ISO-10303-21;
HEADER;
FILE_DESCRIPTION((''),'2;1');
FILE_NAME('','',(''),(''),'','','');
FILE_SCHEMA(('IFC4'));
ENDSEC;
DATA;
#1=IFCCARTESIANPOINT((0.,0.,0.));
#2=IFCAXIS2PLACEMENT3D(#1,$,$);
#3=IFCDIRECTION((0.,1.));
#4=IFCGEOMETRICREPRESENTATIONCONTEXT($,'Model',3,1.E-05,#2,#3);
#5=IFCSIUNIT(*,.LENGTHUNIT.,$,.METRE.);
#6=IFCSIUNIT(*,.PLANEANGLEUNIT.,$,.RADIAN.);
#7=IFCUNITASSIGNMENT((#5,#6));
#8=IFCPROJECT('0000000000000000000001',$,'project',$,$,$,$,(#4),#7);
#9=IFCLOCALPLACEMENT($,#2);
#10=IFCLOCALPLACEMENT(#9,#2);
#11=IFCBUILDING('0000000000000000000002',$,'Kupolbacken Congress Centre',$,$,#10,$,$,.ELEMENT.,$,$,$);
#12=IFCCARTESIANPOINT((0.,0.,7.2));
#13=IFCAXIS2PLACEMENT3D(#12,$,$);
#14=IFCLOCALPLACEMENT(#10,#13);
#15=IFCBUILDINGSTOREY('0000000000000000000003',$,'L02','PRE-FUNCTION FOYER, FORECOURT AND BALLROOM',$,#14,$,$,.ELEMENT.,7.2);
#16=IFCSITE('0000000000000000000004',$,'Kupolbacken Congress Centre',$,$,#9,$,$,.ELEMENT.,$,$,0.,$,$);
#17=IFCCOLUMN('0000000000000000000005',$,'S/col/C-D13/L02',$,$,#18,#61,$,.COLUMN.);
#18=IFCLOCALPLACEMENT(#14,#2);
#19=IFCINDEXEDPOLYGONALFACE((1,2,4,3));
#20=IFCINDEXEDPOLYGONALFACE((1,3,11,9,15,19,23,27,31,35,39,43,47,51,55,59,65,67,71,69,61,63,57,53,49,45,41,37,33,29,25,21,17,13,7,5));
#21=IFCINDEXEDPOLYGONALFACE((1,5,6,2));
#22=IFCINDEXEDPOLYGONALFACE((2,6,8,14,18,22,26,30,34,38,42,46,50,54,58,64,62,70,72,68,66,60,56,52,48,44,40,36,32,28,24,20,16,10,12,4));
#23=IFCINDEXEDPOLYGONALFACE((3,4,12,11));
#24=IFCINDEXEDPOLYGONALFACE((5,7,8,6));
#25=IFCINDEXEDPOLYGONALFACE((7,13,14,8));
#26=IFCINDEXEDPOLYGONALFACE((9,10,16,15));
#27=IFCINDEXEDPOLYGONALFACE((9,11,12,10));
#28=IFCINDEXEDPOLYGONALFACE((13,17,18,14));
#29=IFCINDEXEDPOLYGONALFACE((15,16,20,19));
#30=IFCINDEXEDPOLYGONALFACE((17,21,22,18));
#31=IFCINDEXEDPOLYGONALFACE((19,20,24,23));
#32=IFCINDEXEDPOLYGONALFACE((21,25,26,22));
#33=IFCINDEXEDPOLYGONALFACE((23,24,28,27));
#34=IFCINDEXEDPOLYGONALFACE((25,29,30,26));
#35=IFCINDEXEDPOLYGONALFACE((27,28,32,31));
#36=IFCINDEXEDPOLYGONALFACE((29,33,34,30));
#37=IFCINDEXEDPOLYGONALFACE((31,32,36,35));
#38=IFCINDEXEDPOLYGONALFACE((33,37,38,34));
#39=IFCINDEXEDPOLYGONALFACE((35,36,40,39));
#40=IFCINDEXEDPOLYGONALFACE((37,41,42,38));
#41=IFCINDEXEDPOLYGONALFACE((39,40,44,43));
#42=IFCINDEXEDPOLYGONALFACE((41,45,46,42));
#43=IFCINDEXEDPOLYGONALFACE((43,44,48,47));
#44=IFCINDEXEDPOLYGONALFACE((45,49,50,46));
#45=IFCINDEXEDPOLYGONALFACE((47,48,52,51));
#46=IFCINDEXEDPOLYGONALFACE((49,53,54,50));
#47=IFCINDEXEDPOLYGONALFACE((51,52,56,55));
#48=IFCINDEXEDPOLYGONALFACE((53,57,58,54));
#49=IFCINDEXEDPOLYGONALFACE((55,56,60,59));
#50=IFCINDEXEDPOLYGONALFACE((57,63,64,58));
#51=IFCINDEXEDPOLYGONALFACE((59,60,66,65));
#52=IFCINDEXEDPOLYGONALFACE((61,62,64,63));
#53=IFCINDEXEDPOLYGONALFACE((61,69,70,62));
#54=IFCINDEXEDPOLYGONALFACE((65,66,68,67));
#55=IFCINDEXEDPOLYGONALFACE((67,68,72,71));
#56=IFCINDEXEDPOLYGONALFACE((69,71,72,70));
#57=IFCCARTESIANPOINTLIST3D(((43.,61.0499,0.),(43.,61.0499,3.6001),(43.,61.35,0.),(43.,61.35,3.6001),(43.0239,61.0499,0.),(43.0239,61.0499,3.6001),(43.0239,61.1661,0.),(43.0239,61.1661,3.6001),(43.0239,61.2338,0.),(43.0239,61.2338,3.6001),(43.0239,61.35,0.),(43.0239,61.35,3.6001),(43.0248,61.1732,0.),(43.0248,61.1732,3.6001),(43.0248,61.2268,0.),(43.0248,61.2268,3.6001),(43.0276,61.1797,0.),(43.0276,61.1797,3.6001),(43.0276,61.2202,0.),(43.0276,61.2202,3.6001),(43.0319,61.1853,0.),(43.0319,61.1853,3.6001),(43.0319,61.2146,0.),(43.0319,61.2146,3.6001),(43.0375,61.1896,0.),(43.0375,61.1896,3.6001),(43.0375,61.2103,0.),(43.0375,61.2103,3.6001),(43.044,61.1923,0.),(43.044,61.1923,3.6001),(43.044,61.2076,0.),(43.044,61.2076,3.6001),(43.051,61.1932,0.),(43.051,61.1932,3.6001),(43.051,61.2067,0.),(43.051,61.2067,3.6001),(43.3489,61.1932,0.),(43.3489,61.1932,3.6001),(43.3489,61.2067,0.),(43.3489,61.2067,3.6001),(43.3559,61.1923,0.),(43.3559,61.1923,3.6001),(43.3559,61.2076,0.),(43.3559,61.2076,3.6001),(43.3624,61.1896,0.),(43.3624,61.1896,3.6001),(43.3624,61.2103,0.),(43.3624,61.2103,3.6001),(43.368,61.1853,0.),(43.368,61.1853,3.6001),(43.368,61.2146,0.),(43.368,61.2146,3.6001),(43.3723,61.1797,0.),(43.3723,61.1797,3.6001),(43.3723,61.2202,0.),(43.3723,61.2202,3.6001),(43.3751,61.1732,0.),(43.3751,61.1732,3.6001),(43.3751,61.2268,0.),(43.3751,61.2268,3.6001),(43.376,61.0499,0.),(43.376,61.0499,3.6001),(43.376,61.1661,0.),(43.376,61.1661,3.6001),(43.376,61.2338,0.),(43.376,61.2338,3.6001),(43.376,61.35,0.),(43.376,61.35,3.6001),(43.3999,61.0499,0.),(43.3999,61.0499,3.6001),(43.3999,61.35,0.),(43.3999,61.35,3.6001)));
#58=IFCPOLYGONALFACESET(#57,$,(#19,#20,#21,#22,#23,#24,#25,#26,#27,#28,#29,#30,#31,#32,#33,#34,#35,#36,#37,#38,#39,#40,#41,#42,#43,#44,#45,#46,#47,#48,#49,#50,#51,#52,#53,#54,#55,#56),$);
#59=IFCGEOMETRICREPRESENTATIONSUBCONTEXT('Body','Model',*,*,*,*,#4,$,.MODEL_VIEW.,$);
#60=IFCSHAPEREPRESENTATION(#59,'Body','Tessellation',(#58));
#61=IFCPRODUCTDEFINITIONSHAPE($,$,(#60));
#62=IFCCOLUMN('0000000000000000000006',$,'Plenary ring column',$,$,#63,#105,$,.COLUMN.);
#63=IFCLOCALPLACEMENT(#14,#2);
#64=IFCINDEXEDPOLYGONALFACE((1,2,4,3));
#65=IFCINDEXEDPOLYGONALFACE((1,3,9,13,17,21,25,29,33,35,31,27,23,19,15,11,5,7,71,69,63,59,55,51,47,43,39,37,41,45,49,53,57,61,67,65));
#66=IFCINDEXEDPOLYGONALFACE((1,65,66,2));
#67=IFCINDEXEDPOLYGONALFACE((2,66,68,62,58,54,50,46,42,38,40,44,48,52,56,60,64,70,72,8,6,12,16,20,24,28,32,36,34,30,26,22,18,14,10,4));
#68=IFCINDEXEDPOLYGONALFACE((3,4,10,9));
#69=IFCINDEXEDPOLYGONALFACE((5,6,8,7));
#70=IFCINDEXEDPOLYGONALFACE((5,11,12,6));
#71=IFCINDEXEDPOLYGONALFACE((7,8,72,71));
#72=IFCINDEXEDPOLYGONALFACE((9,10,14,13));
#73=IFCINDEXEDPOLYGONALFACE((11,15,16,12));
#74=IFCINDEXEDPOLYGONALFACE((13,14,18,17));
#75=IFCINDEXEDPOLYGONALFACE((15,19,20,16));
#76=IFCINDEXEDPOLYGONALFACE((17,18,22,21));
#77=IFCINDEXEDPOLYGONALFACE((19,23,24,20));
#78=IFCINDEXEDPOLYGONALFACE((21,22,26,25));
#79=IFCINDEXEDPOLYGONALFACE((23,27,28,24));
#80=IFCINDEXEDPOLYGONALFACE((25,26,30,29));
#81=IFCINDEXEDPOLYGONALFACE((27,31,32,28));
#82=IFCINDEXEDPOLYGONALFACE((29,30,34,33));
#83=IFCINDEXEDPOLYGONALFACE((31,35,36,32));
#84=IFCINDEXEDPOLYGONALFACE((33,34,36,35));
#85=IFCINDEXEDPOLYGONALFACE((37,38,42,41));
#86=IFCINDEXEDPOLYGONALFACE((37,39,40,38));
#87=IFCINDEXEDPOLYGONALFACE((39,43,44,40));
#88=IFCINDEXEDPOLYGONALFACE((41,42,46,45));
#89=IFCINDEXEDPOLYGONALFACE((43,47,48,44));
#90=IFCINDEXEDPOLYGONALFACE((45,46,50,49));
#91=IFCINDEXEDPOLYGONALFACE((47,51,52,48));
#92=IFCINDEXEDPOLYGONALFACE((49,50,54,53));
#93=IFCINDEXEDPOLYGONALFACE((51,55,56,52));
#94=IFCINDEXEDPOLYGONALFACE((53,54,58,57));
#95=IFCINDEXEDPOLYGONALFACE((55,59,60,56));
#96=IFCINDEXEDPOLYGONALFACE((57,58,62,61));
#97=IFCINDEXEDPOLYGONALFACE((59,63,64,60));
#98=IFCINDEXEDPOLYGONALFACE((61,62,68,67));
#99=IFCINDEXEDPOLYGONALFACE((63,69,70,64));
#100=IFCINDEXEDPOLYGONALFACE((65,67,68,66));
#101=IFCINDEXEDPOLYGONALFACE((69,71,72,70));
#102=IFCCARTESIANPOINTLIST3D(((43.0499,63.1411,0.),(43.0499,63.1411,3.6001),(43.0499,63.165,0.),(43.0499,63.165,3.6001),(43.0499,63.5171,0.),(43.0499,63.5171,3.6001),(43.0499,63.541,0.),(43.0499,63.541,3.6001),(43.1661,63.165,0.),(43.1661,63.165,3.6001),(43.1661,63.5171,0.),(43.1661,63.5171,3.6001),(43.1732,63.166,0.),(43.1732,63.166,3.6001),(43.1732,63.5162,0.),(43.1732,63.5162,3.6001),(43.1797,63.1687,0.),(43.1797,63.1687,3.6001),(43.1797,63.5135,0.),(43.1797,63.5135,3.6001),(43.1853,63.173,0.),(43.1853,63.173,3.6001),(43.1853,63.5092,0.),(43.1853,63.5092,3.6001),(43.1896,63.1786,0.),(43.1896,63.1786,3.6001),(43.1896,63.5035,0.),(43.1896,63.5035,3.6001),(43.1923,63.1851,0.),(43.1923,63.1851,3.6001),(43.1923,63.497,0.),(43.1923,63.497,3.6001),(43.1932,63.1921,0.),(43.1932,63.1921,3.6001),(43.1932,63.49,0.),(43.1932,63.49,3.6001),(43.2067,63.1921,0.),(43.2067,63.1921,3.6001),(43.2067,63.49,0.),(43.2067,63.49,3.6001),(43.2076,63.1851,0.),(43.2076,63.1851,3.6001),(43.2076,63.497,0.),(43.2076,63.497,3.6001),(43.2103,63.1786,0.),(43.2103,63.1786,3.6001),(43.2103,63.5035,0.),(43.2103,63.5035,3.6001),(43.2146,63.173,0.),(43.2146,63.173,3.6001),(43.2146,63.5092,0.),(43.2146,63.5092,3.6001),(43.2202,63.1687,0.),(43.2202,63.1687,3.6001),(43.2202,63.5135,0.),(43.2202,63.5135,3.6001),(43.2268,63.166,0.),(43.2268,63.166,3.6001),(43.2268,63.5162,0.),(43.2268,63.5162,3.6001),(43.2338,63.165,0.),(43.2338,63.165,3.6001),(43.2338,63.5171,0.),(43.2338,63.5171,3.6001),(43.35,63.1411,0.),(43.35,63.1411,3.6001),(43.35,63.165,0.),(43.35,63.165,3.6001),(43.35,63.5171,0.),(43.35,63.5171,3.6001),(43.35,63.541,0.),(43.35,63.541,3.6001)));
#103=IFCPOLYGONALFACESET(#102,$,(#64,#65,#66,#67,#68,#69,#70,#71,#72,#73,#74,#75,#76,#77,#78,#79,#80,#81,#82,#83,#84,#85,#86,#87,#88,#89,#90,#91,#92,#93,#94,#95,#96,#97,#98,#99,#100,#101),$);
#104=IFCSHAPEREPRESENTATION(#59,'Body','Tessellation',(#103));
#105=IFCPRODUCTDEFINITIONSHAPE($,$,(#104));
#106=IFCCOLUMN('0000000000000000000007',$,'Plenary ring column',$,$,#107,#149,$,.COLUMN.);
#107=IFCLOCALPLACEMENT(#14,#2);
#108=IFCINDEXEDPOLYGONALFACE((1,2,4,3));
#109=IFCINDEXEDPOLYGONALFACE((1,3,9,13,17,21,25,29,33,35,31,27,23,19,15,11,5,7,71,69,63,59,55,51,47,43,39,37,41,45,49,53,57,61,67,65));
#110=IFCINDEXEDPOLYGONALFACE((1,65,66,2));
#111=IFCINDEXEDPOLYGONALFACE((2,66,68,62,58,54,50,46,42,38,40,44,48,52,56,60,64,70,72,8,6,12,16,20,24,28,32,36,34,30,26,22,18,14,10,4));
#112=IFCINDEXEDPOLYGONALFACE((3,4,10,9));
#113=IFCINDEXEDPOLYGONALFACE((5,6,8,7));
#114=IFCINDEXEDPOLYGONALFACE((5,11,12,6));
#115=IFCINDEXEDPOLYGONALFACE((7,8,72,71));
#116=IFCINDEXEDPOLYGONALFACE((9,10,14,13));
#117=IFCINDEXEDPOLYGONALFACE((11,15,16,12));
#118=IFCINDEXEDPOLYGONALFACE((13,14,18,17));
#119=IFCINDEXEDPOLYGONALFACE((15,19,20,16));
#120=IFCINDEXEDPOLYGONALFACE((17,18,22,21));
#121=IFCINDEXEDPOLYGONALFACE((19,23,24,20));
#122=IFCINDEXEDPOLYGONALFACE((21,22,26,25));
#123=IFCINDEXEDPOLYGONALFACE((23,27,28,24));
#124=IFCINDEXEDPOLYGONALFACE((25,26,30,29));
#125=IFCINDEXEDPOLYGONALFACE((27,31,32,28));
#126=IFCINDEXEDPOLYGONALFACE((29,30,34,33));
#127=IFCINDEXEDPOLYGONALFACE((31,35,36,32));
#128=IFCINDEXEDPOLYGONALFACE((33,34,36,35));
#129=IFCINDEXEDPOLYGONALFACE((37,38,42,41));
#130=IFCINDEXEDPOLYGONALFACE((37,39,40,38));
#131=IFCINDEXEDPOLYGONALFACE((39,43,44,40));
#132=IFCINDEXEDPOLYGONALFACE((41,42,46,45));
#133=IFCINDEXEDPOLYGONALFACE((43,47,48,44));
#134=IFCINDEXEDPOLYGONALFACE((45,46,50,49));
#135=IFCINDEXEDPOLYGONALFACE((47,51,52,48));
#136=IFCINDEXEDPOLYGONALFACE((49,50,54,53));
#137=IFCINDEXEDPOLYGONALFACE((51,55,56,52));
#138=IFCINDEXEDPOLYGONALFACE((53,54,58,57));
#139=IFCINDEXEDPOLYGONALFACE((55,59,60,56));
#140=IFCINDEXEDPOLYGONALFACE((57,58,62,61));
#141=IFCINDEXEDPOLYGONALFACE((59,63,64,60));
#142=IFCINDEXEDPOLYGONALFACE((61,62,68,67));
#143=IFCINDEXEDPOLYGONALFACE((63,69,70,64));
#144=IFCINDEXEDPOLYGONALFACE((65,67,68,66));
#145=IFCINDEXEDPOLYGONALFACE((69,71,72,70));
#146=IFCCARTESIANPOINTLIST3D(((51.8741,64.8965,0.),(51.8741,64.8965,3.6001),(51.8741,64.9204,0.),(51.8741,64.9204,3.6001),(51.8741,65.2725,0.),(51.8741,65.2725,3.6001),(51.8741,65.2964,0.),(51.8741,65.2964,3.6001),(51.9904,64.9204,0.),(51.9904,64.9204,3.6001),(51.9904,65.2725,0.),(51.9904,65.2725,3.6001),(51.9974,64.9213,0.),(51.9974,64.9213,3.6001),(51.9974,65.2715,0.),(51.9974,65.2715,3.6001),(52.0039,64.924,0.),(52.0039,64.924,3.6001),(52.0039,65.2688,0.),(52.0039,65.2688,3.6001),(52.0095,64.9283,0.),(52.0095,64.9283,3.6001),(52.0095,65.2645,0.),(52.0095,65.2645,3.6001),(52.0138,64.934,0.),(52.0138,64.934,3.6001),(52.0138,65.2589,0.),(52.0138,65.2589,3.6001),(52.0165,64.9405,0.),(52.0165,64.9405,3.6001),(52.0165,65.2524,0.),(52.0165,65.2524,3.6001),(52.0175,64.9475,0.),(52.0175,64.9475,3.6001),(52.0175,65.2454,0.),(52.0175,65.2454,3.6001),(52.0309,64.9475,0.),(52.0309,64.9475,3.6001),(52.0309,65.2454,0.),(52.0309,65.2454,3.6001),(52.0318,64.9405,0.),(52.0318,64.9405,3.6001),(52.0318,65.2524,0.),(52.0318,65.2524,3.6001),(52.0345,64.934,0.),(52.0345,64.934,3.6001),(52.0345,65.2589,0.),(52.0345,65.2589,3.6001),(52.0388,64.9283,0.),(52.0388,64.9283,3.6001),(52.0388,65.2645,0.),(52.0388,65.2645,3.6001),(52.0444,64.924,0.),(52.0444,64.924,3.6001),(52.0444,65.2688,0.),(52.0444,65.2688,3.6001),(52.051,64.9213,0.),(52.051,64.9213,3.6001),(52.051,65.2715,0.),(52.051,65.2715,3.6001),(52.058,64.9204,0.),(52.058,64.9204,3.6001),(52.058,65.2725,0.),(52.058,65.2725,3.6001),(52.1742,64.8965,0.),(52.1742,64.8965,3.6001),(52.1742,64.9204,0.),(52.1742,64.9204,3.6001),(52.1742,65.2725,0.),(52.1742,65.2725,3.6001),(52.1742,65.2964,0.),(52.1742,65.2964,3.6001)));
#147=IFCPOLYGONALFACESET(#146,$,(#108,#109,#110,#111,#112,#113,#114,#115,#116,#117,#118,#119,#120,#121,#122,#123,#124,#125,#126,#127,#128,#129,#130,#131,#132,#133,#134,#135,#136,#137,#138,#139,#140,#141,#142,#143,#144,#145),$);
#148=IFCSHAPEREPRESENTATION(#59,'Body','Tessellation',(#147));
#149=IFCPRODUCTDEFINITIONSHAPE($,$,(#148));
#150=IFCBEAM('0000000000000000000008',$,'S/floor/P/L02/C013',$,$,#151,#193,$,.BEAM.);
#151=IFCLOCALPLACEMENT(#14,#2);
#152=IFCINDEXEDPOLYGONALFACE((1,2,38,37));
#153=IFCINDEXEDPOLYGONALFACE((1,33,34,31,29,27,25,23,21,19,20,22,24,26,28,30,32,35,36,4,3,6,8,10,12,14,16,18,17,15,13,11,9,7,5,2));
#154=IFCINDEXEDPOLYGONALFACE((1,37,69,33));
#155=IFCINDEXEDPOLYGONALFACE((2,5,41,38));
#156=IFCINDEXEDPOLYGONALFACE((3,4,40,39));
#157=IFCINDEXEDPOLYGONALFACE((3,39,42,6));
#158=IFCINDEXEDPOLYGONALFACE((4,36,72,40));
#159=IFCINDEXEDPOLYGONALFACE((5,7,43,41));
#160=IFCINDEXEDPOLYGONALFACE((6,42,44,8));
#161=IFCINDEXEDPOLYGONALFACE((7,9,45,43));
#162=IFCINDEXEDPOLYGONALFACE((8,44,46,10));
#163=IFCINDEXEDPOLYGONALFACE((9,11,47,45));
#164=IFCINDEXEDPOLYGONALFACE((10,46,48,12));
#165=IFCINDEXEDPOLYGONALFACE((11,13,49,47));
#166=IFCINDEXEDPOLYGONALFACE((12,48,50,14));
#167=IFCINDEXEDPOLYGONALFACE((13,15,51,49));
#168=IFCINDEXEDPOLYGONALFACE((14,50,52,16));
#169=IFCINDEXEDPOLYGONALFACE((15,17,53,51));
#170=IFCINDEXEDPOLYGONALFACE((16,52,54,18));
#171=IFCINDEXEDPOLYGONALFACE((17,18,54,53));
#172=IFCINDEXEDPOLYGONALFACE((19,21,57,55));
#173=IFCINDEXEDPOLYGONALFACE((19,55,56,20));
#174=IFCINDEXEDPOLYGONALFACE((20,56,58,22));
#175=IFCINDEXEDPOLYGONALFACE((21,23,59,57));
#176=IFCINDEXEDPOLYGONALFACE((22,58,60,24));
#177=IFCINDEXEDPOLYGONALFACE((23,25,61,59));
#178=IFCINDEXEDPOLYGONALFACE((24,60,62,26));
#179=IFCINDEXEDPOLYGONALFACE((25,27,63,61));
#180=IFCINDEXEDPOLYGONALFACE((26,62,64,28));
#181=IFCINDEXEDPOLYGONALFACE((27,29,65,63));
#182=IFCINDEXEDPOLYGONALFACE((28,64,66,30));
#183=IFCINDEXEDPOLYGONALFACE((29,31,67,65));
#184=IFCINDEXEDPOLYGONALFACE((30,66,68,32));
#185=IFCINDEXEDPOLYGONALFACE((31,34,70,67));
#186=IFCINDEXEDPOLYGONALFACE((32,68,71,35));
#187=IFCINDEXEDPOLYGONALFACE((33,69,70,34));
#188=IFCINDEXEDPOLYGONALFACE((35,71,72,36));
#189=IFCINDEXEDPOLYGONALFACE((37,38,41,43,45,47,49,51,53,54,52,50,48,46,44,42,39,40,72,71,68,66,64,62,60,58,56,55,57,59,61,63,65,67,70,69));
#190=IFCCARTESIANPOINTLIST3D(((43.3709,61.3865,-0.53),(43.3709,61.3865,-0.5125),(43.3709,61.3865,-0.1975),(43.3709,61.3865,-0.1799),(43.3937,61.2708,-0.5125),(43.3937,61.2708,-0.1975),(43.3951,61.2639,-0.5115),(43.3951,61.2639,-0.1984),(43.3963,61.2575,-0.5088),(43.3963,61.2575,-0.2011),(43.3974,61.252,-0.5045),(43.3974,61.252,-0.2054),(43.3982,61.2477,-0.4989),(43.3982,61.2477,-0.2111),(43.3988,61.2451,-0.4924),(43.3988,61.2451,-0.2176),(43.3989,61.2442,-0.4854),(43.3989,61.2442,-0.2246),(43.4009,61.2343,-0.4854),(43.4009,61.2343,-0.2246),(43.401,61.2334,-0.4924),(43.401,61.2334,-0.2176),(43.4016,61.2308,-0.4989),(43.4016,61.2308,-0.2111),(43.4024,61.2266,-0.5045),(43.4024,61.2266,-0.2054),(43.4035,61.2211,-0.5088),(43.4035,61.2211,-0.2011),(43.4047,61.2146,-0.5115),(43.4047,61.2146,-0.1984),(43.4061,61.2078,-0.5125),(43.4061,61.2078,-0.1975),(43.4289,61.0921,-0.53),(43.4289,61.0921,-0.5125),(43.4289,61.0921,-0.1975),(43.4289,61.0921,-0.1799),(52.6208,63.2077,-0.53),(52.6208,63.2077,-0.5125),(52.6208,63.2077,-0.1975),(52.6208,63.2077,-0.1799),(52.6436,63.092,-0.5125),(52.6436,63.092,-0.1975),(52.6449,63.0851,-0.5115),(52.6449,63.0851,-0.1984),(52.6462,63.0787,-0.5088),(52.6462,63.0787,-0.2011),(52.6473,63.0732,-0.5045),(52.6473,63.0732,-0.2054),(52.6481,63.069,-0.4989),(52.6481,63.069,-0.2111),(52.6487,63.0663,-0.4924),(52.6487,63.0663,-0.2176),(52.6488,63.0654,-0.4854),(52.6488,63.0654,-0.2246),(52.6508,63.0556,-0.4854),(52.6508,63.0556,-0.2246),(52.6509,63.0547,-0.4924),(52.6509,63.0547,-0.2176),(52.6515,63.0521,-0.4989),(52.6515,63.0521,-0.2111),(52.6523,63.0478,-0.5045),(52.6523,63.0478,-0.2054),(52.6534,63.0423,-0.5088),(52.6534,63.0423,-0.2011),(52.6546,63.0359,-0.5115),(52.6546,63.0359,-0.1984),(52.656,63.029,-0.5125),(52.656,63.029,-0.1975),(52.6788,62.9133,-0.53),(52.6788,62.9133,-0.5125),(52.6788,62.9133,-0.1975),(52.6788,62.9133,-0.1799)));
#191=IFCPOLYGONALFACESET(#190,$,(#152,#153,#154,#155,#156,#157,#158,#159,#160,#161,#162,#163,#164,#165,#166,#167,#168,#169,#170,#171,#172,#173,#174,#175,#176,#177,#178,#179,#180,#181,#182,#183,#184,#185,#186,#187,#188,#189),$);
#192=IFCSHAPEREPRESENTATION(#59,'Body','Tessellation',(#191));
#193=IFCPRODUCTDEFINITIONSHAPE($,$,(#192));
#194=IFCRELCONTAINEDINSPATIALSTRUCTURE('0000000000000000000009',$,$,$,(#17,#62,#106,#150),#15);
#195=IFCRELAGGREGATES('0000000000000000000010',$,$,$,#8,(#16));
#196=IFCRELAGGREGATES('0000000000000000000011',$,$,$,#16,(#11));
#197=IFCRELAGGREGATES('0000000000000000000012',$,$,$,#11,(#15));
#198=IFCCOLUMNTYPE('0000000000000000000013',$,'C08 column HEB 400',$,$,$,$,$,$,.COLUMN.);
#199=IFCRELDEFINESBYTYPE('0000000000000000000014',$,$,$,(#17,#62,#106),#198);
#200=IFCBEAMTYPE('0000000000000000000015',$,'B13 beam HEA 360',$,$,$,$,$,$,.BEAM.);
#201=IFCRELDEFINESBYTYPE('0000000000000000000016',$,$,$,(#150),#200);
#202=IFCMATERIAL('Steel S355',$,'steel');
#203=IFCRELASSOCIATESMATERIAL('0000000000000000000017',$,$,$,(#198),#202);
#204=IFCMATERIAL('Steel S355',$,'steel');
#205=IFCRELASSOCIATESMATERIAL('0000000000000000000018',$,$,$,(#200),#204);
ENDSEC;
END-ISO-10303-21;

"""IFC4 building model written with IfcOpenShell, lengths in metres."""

from ifc_helpers import new_model, si_unit, direction, frame, origin, origin_2d, place, context, subcontext, project, spatial, i_section, extrude, material, material_profile, profile_set, type_object, element, save


model = new_model("IFC4")

# Units and contexts
model_context = context("Model", 3, precision=1e-05, world=origin(), true_north=direction((0.0, 1.0)))
body_context = subcontext(model_context, "Body", "Model", "MODEL_VIEW")
ifc_project = project(units=[si_unit("LENGTHUNIT", "METRE"), si_unit("PLANEANGLEUNIT", "RADIAN")], contexts=[model_context])

# Site, building, storey
site_placement = place(None, origin())
site = spatial("IfcSite", under=ifc_project, at=site_placement, Name="Kupolbacken Congress Centre", CompositionType="ELEMENT", RefElevation=0.0)
building_placement = place(site_placement, origin())
building = spatial("IfcBuilding", under=site, at=building_placement, Name="Kupolbacken Congress Centre", CompositionType="ELEMENT")
storey_placement = place(building_placement, frame((0.0, 0.0, 7.2)))
storey = spatial("IfcBuildingStorey", under=building, at=storey_placement, Name="L02", Description="PRE-FUNCTION FOYER, FORECOURT AND BALLROOM", CompositionType="ELEMENT", Elevation=7.2)

# Columns
ifc_material_1 = material(Name="Steel S355", Category="steel")
ifc_material_profile_1 = material_profile(ifc_material_1, i_section(OverallWidth=0.3, OverallDepth=0.3999, WebThickness=0.0134, FlangeThickness=0.0239, FilletRadius=0.0271, at=origin_2d()), Name="HEB 400")
ifc_profile_set_1 = profile_set([ifc_material_profile_1], Name="Steel S355")
column_type = type_object("IfcColumnType", Name="C08 column HEB 400", PredefinedType="COLUMN", material=ifc_profile_set_1)
for number, where, z_axis, x_axis, name in (
    (1, (43.2, 61.2, 0.0), (0.0, 0.0, 1.0), (0.0, -1.0, 0.0), "S/col/C-D13/L02"),
    (2, (43.2, 63.3411, 0.0), (0.0, 0.0, 1.0), (1.0, 0.0, 0.0), "Plenary ring column"),
    (3, (52.0242, 65.0964, 0.0), (0.0, 0.0, 1.0), (1.0, 0.0, 0.0), "Plenary ring column"),
):
    element("IfcColumn", number, at=place(storey_placement, frame(where, z_axis=z_axis, x_axis=x_axis)), inside=storey, type_object=column_type, Name=name, PredefinedType="COLUMN", context=body_context, shape_type="SweptSolid", body=[
        extrude(i_section(OverallWidth=0.3, OverallDepth=0.3999, WebThickness=0.0134, FlangeThickness=0.0239, FilletRadius=0.0271, at=origin_2d()), origin(), (0.0, 0.0, 1.0), 3.6001),
    ])

# Beam
ifc_material_2 = material(Name="Steel S355", Category="steel")
ifc_material_profile_2 = material_profile(ifc_material_2, i_section(OverallWidth=0.3, OverallDepth=0.3501, WebThickness=0.01, FlangeThickness=0.0176, FilletRadius=0.0271, at=origin_2d()), Name="HEA 360")
ifc_profile_set_2 = profile_set([ifc_material_profile_2], Name="Steel S355")
beam_type = type_object("IfcBeamType", Name="B13 beam HEA 360", PredefinedType="BEAM", material=ifc_profile_set_2)
beam_placement = place(storey_placement, frame((43.3999, 61.2393, -0.355), z_axis=(0.981162, 0.193187, 0.0), x_axis=(-0.193187, 0.981162, 0.0)))
element("IfcBeam", 4, at=beam_placement, inside=storey, type_object=beam_type, Name="S/floor/P/L02/C013", PredefinedType="BEAM", context=body_context, shape_type="SweptSolid", body=[
    extrude(i_section(OverallWidth=0.3, OverallDepth=0.3501, WebThickness=0.01, FlangeThickness=0.0176, FilletRadius=0.0271, at=origin_2d()), origin(), (0.0, 0.0, 1.0), 9.4275),
])

save(model, "model.ifc")
